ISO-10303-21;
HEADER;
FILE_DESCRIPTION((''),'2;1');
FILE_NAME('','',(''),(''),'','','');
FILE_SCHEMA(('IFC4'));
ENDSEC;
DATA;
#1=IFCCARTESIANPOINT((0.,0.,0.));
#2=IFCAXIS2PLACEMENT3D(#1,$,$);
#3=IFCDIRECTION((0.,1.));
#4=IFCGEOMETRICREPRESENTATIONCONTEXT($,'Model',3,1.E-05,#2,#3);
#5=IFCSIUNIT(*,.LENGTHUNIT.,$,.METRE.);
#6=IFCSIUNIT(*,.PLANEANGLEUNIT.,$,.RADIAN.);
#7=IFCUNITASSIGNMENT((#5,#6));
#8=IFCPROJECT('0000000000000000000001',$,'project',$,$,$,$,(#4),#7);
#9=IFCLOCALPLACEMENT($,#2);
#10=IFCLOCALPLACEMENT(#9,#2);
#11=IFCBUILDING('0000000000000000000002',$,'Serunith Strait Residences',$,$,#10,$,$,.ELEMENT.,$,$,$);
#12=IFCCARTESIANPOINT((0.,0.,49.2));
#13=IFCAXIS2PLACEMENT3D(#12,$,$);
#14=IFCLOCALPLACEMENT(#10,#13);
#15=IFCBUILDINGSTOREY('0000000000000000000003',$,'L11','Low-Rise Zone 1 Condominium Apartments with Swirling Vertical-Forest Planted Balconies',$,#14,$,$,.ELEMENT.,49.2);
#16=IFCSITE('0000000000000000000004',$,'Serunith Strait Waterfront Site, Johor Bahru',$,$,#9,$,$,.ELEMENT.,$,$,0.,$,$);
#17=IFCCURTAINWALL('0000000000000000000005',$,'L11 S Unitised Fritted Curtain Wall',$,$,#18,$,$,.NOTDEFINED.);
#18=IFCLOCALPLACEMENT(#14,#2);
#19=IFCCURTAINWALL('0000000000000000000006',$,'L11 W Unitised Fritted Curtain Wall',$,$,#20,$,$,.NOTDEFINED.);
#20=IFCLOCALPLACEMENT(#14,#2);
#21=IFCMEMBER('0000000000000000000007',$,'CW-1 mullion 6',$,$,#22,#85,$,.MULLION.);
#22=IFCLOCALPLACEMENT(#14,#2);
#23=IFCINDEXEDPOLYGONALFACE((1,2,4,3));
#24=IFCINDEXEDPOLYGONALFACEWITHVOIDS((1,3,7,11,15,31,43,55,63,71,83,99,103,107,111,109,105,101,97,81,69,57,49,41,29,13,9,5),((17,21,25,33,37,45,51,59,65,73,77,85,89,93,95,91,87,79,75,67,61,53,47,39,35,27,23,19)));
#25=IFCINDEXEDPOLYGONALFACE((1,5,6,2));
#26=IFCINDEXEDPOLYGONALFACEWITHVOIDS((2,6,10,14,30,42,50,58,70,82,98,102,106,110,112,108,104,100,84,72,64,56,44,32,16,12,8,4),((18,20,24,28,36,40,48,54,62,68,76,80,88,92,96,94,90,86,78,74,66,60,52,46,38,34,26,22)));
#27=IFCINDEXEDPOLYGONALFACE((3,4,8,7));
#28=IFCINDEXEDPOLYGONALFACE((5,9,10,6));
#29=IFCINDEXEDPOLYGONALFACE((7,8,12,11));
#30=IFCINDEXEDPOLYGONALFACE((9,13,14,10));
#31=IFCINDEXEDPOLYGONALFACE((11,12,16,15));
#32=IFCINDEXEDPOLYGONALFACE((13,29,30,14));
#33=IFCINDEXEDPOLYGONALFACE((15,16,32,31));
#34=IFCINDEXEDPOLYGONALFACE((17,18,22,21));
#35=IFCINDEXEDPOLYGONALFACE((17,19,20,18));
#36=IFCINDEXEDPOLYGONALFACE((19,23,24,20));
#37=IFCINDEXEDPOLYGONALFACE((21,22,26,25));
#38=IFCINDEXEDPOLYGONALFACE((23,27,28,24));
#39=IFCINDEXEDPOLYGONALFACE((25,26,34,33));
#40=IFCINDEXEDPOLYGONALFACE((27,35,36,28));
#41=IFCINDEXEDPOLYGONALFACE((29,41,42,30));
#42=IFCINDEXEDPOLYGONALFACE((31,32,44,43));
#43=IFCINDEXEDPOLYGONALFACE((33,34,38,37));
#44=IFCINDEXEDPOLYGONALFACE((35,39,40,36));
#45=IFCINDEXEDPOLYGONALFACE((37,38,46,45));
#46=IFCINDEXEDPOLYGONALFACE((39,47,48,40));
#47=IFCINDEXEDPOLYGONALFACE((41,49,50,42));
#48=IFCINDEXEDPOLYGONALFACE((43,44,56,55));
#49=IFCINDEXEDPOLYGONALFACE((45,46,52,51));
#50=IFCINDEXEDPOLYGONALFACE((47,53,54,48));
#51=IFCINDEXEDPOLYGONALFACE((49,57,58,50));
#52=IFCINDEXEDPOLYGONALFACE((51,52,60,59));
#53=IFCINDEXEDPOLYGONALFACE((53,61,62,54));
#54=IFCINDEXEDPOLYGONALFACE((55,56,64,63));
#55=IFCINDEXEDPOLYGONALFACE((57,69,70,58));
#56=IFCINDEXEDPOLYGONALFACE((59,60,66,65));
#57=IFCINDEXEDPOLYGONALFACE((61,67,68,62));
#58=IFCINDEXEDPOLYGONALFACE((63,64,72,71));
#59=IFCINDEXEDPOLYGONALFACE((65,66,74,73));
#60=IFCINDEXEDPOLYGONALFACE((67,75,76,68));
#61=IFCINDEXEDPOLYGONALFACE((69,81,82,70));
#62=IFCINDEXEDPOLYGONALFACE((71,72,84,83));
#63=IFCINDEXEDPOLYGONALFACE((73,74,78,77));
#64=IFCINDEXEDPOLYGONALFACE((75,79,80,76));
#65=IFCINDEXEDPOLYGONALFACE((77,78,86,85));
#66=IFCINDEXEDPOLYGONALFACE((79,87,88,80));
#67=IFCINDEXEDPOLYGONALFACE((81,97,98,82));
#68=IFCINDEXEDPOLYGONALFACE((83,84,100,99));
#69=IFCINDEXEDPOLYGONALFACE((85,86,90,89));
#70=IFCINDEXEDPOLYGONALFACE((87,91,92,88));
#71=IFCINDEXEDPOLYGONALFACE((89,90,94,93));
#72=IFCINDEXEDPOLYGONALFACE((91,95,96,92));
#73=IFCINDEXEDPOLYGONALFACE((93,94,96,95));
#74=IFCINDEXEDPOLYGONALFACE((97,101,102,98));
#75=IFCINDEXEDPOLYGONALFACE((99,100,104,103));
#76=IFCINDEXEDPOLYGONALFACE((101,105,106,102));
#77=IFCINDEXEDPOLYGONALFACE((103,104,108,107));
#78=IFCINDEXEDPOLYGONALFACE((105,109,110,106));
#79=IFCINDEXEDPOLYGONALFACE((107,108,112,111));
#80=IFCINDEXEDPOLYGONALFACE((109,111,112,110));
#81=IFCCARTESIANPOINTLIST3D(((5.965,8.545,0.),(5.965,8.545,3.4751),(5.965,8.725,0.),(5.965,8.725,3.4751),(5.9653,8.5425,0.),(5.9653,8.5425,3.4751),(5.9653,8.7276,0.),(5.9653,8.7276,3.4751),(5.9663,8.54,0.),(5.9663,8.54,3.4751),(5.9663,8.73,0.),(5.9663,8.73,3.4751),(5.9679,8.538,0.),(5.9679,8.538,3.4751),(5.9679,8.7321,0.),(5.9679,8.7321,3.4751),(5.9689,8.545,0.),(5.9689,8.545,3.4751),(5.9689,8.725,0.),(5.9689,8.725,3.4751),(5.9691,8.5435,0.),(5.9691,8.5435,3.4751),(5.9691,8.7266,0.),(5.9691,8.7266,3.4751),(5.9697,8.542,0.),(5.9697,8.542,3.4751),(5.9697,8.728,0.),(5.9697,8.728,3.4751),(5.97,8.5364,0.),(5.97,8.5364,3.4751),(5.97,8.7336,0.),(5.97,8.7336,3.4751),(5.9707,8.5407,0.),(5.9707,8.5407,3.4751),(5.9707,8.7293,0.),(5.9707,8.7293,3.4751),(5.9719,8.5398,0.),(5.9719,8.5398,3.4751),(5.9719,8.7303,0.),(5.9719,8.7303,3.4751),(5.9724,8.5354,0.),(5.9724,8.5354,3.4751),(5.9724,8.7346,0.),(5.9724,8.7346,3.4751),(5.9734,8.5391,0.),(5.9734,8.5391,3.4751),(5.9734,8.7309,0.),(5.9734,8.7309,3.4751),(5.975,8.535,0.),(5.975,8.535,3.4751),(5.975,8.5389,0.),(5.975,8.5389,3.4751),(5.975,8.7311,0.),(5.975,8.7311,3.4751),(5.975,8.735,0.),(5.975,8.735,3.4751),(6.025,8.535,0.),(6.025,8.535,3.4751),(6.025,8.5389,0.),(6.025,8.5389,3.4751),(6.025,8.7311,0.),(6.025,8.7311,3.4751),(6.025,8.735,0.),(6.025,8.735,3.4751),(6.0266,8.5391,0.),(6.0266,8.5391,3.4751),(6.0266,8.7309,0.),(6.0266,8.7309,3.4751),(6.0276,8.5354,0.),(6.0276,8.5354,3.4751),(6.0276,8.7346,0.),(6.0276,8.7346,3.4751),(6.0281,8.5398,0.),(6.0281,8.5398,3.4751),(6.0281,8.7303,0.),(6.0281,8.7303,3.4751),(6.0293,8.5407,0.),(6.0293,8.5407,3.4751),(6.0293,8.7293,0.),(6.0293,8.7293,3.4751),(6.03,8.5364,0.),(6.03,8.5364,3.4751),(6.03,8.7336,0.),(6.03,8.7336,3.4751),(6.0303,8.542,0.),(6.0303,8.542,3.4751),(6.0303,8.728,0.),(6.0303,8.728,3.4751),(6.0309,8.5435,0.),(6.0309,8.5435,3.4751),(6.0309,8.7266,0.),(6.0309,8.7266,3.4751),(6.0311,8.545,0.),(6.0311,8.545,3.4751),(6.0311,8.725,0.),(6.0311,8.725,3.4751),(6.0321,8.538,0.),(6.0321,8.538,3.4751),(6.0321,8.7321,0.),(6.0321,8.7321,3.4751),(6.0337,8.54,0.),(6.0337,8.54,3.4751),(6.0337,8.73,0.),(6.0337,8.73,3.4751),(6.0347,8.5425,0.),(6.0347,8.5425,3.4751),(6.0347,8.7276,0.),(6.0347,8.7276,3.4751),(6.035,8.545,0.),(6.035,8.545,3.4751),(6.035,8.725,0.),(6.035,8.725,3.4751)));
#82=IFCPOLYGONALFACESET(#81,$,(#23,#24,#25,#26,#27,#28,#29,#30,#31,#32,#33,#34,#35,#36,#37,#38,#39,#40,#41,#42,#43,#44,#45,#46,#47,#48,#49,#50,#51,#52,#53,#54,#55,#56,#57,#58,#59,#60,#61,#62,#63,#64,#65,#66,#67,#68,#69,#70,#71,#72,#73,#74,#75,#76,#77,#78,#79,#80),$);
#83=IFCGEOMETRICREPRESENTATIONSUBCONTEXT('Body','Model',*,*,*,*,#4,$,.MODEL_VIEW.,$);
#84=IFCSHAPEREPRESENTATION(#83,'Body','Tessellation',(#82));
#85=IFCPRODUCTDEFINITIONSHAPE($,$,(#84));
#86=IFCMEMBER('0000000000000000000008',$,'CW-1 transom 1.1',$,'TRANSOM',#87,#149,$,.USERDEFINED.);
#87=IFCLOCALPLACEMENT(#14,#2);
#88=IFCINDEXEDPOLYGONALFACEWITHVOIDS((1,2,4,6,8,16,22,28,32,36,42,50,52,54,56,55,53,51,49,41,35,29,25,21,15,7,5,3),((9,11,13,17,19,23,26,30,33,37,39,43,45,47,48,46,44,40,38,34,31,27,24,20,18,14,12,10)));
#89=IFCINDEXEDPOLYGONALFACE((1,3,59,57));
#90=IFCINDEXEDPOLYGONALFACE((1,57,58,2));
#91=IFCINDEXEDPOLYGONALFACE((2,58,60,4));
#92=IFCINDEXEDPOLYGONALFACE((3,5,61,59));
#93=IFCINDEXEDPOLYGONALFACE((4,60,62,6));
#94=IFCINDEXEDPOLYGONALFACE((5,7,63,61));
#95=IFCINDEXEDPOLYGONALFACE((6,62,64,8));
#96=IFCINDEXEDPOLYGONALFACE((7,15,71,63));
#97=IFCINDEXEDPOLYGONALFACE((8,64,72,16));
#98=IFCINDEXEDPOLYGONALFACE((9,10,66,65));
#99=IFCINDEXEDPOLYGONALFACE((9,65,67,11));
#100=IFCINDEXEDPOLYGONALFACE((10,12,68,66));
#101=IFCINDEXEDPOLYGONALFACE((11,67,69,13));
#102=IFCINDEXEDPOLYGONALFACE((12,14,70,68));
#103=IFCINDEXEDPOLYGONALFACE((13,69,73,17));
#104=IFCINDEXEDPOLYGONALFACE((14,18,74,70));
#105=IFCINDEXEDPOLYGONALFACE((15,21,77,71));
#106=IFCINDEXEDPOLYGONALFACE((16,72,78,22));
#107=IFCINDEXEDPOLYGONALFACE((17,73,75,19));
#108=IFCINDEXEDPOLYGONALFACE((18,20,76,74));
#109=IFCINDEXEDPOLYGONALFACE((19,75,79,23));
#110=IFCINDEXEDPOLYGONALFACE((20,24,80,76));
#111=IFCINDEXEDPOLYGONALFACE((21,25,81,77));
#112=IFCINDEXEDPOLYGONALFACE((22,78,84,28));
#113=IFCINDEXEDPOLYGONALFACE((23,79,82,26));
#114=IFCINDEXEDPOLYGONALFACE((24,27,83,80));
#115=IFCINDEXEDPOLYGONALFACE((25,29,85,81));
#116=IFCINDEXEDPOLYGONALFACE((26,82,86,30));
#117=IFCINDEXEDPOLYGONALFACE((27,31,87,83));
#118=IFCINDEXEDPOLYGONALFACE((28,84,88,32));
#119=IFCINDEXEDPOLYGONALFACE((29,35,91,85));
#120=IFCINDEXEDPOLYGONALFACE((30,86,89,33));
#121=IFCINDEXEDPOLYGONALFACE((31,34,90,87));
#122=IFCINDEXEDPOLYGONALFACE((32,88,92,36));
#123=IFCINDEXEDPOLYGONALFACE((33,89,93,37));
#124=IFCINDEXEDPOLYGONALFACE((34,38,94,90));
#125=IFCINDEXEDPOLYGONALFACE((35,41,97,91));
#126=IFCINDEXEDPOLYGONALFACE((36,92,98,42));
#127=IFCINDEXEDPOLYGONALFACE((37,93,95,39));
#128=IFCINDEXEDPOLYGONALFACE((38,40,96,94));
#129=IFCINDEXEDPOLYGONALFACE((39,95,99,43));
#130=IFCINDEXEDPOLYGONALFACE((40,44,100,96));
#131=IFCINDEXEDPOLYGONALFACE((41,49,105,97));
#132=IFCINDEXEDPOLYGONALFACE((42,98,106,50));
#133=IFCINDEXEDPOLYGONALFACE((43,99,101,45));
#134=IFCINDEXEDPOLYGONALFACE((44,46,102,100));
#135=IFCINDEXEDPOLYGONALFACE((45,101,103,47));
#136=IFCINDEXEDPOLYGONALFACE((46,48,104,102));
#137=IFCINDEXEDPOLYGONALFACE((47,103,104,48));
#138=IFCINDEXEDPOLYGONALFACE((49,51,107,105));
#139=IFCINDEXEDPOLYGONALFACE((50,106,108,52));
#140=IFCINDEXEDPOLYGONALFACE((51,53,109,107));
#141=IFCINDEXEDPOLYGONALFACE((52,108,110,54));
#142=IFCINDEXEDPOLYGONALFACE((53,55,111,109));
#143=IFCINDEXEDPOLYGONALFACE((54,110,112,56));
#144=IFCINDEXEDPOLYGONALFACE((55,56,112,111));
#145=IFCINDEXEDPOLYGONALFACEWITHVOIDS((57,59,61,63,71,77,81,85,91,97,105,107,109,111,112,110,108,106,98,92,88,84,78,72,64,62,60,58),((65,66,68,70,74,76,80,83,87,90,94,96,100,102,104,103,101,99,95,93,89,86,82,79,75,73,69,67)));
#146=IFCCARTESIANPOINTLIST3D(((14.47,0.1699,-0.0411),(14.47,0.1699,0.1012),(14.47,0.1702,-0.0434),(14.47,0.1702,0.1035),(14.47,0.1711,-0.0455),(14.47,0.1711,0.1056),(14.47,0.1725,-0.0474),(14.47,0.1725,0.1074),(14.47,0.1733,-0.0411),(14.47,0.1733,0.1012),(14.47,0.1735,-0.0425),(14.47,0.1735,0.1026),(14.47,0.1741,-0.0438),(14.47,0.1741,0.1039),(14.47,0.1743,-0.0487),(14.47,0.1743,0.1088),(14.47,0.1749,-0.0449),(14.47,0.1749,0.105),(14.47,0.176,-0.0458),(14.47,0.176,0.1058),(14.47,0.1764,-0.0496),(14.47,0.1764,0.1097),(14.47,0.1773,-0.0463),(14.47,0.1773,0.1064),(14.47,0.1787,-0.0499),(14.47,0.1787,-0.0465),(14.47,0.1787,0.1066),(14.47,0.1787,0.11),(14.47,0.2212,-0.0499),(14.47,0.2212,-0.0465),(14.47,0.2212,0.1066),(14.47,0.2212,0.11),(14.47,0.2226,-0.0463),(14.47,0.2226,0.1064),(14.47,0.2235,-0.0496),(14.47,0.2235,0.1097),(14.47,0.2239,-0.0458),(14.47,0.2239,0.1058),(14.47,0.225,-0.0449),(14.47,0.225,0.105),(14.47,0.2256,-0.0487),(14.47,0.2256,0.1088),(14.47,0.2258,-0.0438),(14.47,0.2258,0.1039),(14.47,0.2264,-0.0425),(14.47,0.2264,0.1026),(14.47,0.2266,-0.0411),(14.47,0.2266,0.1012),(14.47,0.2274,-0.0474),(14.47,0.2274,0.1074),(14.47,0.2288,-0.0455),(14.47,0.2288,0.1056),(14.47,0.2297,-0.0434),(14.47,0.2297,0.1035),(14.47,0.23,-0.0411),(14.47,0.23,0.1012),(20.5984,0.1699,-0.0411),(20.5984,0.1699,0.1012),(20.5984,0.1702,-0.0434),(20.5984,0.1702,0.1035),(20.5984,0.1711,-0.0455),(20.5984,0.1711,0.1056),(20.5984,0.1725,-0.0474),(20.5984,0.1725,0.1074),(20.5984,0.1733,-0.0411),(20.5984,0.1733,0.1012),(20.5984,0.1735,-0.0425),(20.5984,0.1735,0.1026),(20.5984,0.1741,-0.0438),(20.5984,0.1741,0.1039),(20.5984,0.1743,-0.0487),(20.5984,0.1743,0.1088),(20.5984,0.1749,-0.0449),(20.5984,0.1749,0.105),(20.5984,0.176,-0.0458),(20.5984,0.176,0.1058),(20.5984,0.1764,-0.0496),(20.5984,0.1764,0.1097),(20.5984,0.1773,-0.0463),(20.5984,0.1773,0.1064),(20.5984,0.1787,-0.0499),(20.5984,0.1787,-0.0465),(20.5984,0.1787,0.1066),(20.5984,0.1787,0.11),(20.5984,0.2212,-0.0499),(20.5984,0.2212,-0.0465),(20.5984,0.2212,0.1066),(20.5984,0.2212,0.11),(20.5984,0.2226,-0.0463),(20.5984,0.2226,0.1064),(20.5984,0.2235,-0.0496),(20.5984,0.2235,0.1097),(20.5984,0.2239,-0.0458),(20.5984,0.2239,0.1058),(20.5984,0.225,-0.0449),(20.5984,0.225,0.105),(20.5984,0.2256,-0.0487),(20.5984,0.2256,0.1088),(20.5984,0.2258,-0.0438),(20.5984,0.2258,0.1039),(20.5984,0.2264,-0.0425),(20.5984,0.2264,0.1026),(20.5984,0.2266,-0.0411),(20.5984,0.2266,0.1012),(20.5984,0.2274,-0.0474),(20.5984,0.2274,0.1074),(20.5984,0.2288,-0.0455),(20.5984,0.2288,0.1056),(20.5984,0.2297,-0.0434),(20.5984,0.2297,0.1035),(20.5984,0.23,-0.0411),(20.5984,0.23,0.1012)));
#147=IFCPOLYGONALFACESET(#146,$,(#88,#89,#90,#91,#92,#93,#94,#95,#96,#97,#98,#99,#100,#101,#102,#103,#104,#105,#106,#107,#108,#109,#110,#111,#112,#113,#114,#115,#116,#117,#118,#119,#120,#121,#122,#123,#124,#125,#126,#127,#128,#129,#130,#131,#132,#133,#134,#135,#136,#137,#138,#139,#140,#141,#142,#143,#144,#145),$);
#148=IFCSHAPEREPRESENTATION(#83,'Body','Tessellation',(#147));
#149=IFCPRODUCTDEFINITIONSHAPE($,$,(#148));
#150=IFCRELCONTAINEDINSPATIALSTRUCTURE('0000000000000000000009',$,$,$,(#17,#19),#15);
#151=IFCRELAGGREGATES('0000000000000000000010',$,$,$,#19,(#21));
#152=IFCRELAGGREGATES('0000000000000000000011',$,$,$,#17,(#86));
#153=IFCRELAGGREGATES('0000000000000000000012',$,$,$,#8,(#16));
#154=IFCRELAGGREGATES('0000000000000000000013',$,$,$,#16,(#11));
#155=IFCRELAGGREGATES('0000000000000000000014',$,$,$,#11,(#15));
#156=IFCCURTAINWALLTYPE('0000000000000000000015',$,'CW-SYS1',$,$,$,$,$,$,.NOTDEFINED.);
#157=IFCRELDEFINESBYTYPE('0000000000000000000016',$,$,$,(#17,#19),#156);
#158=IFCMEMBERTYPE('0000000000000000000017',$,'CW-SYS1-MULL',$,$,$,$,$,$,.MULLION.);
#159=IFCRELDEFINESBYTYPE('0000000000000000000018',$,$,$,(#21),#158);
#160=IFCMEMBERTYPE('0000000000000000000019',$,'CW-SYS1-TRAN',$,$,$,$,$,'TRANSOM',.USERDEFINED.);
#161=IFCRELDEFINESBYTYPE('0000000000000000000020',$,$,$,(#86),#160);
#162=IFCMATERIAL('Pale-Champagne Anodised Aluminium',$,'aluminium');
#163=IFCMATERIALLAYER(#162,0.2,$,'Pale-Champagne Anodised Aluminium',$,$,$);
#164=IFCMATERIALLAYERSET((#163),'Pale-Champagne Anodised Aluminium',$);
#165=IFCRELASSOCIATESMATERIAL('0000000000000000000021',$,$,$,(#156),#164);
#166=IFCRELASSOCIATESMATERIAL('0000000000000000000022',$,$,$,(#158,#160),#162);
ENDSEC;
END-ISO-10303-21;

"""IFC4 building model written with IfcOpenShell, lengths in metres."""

from ifc_helpers import new_model, si_unit, direction, frame, origin, origin_2d, place, context, subcontext, project, spatial, hollow_rectangle, extrude, source, transform, mapped, material, layer, layer_set, material_profile, profile_set, type_object, element, aggregate, save


model = new_model("IFC4")

# Units and contexts
model_context = context("Model", 3, precision=1e-05, world=origin(), true_north=direction((0.0, 1.0)))
body_context = subcontext(model_context, "Body", "Model", "MODEL_VIEW")
ifc_project = project(units=[si_unit("LENGTHUNIT", "METRE"), si_unit("PLANEANGLEUNIT", "RADIAN")], contexts=[model_context])

# Site, building, storey
site_placement = place(None, origin())
site = spatial("IfcSite", under=ifc_project, at=site_placement, Name="Serunith Strait Waterfront Site, Johor Bahru", CompositionType="ELEMENT", RefElevation=0.0)
building_placement = place(site_placement, origin())
building = spatial("IfcBuilding", under=site, at=building_placement, Name="Serunith Strait Residences", CompositionType="ELEMENT")
storey_placement = place(building_placement, frame((0.0, 0.0, 49.2)))
storey = spatial("IfcBuildingStorey", under=building, at=storey_placement, Name="L11", Description="Low-Rise Zone 1 Condominium Apartments with Swirling Vertical-Forest Planted Balconies", CompositionType="ELEMENT", Elevation=49.2)

# Curtain walls, member
ifc_material_1 = material(Name="Pale-Champagne Anodised Aluminium", Category="aluminium")
ifc_layer_1 = layer(ifc_material_1, 0.2, Name="Pale-Champagne Anodised Aluminium")
ifc_layer_set_1 = layer_set([ifc_layer_1], Name="Pale-Champagne Anodised Aluminium")
curtain_wall_type = type_object("IfcCurtainWallType", Name="CW-SYS1", PredefinedType="NOTDEFINED", material=ifc_layer_set_1)
curtain_wall_1_placement = place(storey_placement, origin())
curtain_wall_1 = element("IfcCurtainWall", 1, at=curtain_wall_1_placement, inside=storey, type_object=curtain_wall_type, Name="L11 S Unitised Fritted Curtain Wall", PredefinedType="NOTDEFINED")
ifc_material_profile_1 = material_profile(ifc_material_1, hollow_rectangle(XDim=0.0701, YDim=0.2, WallThickness=0.0039, InnerFilletRadius=0.0061, OuterFilletRadius=0.01, at=origin_2d()), Name="ALU 200x70x4")
ifc_profile_set_1 = profile_set([ifc_material_profile_1], Name="Pale-Champagne Anodised Aluminium")
member_type_1 = type_object("IfcMemberType", Name="CW-SYS1-MULL", PredefinedType="MULLION", material=ifc_profile_set_1)
shared_shape_1 = source(origin(), body_context, "Body", "SweptSolid", [
    extrude(hollow_rectangle(XDim=0.0701, YDim=0.2, WallThickness=0.0039, InnerFilletRadius=0.0061, OuterFilletRadius=0.01, at=origin_2d()), origin(), (0.0, 0.0, 1.0), 3.4751),
])
curtain_wall_2_placement = place(storey_placement, origin())
curtain_wall_2 = element("IfcCurtainWall", 2, at=curtain_wall_2_placement, inside=storey, type_object=curtain_wall_type, Name="L11 W Unitised Fritted Curtain Wall", PredefinedType="NOTDEFINED")
member_1_placement = place(storey_placement, frame((6.0, 8.635, 0.0), z_axis=(0.0, 0.0, 1.0), x_axis=(1.0, 0.0, 0.0)))
member_1 = element("IfcMember", 3, at=member_1_placement, type_object=member_type_1, Name="CW-1 mullion 6", PredefinedType="MULLION", context=body_context, shape_type="MappedRepresentation", body=[
    mapped(shared_shape_1, transform((0.0, 0.0, 0.0), scale=1.0)),
])
aggregate(curtain_wall_2, [member_1])

# Member
ifc_material_profile_2 = material_profile(ifc_material_1, hollow_rectangle(XDim=0.0601, YDim=0.1599, WallThickness=0.0034, InnerFilletRadius=0.0054, OuterFilletRadius=0.0088, at=origin_2d()), Name="ALU 160x60x3.5")
ifc_profile_set_2 = profile_set([ifc_material_profile_2], Name="Pale-Champagne Anodised Aluminium")
member_type_2 = type_object("IfcMemberType", Name="CW-SYS1-TRAN", ElementType="TRANSOM", PredefinedType="USERDEFINED", material=ifc_profile_set_2)
shared_shape_2 = source(origin(), body_context, "Body", "SweptSolid", [
    extrude(hollow_rectangle(XDim=0.0601, YDim=0.1599, WallThickness=0.0034, InnerFilletRadius=0.0054, OuterFilletRadius=0.0088, at=origin_2d()), origin(), (0.0, 0.0, 1.0), 6.1284),
])
member_2_placement = place(storey_placement, frame((14.47, 0.2, 0.03), z_axis=(1.0, 0.0, 0.0), x_axis=(0.0, 1.0, 0.0)))
member_2 = element("IfcMember", 4, at=member_2_placement, type_object=member_type_2, Name="CW-1 transom 1.1", ObjectType="TRANSOM", PredefinedType="USERDEFINED", context=body_context, shape_type="MappedRepresentation", body=[
    mapped(shared_shape_2, transform((0.0, 0.0, 0.0), scale=1.0)),
])

aggregate(curtain_wall_1, [member_2])

save(model, "model.ifc")
